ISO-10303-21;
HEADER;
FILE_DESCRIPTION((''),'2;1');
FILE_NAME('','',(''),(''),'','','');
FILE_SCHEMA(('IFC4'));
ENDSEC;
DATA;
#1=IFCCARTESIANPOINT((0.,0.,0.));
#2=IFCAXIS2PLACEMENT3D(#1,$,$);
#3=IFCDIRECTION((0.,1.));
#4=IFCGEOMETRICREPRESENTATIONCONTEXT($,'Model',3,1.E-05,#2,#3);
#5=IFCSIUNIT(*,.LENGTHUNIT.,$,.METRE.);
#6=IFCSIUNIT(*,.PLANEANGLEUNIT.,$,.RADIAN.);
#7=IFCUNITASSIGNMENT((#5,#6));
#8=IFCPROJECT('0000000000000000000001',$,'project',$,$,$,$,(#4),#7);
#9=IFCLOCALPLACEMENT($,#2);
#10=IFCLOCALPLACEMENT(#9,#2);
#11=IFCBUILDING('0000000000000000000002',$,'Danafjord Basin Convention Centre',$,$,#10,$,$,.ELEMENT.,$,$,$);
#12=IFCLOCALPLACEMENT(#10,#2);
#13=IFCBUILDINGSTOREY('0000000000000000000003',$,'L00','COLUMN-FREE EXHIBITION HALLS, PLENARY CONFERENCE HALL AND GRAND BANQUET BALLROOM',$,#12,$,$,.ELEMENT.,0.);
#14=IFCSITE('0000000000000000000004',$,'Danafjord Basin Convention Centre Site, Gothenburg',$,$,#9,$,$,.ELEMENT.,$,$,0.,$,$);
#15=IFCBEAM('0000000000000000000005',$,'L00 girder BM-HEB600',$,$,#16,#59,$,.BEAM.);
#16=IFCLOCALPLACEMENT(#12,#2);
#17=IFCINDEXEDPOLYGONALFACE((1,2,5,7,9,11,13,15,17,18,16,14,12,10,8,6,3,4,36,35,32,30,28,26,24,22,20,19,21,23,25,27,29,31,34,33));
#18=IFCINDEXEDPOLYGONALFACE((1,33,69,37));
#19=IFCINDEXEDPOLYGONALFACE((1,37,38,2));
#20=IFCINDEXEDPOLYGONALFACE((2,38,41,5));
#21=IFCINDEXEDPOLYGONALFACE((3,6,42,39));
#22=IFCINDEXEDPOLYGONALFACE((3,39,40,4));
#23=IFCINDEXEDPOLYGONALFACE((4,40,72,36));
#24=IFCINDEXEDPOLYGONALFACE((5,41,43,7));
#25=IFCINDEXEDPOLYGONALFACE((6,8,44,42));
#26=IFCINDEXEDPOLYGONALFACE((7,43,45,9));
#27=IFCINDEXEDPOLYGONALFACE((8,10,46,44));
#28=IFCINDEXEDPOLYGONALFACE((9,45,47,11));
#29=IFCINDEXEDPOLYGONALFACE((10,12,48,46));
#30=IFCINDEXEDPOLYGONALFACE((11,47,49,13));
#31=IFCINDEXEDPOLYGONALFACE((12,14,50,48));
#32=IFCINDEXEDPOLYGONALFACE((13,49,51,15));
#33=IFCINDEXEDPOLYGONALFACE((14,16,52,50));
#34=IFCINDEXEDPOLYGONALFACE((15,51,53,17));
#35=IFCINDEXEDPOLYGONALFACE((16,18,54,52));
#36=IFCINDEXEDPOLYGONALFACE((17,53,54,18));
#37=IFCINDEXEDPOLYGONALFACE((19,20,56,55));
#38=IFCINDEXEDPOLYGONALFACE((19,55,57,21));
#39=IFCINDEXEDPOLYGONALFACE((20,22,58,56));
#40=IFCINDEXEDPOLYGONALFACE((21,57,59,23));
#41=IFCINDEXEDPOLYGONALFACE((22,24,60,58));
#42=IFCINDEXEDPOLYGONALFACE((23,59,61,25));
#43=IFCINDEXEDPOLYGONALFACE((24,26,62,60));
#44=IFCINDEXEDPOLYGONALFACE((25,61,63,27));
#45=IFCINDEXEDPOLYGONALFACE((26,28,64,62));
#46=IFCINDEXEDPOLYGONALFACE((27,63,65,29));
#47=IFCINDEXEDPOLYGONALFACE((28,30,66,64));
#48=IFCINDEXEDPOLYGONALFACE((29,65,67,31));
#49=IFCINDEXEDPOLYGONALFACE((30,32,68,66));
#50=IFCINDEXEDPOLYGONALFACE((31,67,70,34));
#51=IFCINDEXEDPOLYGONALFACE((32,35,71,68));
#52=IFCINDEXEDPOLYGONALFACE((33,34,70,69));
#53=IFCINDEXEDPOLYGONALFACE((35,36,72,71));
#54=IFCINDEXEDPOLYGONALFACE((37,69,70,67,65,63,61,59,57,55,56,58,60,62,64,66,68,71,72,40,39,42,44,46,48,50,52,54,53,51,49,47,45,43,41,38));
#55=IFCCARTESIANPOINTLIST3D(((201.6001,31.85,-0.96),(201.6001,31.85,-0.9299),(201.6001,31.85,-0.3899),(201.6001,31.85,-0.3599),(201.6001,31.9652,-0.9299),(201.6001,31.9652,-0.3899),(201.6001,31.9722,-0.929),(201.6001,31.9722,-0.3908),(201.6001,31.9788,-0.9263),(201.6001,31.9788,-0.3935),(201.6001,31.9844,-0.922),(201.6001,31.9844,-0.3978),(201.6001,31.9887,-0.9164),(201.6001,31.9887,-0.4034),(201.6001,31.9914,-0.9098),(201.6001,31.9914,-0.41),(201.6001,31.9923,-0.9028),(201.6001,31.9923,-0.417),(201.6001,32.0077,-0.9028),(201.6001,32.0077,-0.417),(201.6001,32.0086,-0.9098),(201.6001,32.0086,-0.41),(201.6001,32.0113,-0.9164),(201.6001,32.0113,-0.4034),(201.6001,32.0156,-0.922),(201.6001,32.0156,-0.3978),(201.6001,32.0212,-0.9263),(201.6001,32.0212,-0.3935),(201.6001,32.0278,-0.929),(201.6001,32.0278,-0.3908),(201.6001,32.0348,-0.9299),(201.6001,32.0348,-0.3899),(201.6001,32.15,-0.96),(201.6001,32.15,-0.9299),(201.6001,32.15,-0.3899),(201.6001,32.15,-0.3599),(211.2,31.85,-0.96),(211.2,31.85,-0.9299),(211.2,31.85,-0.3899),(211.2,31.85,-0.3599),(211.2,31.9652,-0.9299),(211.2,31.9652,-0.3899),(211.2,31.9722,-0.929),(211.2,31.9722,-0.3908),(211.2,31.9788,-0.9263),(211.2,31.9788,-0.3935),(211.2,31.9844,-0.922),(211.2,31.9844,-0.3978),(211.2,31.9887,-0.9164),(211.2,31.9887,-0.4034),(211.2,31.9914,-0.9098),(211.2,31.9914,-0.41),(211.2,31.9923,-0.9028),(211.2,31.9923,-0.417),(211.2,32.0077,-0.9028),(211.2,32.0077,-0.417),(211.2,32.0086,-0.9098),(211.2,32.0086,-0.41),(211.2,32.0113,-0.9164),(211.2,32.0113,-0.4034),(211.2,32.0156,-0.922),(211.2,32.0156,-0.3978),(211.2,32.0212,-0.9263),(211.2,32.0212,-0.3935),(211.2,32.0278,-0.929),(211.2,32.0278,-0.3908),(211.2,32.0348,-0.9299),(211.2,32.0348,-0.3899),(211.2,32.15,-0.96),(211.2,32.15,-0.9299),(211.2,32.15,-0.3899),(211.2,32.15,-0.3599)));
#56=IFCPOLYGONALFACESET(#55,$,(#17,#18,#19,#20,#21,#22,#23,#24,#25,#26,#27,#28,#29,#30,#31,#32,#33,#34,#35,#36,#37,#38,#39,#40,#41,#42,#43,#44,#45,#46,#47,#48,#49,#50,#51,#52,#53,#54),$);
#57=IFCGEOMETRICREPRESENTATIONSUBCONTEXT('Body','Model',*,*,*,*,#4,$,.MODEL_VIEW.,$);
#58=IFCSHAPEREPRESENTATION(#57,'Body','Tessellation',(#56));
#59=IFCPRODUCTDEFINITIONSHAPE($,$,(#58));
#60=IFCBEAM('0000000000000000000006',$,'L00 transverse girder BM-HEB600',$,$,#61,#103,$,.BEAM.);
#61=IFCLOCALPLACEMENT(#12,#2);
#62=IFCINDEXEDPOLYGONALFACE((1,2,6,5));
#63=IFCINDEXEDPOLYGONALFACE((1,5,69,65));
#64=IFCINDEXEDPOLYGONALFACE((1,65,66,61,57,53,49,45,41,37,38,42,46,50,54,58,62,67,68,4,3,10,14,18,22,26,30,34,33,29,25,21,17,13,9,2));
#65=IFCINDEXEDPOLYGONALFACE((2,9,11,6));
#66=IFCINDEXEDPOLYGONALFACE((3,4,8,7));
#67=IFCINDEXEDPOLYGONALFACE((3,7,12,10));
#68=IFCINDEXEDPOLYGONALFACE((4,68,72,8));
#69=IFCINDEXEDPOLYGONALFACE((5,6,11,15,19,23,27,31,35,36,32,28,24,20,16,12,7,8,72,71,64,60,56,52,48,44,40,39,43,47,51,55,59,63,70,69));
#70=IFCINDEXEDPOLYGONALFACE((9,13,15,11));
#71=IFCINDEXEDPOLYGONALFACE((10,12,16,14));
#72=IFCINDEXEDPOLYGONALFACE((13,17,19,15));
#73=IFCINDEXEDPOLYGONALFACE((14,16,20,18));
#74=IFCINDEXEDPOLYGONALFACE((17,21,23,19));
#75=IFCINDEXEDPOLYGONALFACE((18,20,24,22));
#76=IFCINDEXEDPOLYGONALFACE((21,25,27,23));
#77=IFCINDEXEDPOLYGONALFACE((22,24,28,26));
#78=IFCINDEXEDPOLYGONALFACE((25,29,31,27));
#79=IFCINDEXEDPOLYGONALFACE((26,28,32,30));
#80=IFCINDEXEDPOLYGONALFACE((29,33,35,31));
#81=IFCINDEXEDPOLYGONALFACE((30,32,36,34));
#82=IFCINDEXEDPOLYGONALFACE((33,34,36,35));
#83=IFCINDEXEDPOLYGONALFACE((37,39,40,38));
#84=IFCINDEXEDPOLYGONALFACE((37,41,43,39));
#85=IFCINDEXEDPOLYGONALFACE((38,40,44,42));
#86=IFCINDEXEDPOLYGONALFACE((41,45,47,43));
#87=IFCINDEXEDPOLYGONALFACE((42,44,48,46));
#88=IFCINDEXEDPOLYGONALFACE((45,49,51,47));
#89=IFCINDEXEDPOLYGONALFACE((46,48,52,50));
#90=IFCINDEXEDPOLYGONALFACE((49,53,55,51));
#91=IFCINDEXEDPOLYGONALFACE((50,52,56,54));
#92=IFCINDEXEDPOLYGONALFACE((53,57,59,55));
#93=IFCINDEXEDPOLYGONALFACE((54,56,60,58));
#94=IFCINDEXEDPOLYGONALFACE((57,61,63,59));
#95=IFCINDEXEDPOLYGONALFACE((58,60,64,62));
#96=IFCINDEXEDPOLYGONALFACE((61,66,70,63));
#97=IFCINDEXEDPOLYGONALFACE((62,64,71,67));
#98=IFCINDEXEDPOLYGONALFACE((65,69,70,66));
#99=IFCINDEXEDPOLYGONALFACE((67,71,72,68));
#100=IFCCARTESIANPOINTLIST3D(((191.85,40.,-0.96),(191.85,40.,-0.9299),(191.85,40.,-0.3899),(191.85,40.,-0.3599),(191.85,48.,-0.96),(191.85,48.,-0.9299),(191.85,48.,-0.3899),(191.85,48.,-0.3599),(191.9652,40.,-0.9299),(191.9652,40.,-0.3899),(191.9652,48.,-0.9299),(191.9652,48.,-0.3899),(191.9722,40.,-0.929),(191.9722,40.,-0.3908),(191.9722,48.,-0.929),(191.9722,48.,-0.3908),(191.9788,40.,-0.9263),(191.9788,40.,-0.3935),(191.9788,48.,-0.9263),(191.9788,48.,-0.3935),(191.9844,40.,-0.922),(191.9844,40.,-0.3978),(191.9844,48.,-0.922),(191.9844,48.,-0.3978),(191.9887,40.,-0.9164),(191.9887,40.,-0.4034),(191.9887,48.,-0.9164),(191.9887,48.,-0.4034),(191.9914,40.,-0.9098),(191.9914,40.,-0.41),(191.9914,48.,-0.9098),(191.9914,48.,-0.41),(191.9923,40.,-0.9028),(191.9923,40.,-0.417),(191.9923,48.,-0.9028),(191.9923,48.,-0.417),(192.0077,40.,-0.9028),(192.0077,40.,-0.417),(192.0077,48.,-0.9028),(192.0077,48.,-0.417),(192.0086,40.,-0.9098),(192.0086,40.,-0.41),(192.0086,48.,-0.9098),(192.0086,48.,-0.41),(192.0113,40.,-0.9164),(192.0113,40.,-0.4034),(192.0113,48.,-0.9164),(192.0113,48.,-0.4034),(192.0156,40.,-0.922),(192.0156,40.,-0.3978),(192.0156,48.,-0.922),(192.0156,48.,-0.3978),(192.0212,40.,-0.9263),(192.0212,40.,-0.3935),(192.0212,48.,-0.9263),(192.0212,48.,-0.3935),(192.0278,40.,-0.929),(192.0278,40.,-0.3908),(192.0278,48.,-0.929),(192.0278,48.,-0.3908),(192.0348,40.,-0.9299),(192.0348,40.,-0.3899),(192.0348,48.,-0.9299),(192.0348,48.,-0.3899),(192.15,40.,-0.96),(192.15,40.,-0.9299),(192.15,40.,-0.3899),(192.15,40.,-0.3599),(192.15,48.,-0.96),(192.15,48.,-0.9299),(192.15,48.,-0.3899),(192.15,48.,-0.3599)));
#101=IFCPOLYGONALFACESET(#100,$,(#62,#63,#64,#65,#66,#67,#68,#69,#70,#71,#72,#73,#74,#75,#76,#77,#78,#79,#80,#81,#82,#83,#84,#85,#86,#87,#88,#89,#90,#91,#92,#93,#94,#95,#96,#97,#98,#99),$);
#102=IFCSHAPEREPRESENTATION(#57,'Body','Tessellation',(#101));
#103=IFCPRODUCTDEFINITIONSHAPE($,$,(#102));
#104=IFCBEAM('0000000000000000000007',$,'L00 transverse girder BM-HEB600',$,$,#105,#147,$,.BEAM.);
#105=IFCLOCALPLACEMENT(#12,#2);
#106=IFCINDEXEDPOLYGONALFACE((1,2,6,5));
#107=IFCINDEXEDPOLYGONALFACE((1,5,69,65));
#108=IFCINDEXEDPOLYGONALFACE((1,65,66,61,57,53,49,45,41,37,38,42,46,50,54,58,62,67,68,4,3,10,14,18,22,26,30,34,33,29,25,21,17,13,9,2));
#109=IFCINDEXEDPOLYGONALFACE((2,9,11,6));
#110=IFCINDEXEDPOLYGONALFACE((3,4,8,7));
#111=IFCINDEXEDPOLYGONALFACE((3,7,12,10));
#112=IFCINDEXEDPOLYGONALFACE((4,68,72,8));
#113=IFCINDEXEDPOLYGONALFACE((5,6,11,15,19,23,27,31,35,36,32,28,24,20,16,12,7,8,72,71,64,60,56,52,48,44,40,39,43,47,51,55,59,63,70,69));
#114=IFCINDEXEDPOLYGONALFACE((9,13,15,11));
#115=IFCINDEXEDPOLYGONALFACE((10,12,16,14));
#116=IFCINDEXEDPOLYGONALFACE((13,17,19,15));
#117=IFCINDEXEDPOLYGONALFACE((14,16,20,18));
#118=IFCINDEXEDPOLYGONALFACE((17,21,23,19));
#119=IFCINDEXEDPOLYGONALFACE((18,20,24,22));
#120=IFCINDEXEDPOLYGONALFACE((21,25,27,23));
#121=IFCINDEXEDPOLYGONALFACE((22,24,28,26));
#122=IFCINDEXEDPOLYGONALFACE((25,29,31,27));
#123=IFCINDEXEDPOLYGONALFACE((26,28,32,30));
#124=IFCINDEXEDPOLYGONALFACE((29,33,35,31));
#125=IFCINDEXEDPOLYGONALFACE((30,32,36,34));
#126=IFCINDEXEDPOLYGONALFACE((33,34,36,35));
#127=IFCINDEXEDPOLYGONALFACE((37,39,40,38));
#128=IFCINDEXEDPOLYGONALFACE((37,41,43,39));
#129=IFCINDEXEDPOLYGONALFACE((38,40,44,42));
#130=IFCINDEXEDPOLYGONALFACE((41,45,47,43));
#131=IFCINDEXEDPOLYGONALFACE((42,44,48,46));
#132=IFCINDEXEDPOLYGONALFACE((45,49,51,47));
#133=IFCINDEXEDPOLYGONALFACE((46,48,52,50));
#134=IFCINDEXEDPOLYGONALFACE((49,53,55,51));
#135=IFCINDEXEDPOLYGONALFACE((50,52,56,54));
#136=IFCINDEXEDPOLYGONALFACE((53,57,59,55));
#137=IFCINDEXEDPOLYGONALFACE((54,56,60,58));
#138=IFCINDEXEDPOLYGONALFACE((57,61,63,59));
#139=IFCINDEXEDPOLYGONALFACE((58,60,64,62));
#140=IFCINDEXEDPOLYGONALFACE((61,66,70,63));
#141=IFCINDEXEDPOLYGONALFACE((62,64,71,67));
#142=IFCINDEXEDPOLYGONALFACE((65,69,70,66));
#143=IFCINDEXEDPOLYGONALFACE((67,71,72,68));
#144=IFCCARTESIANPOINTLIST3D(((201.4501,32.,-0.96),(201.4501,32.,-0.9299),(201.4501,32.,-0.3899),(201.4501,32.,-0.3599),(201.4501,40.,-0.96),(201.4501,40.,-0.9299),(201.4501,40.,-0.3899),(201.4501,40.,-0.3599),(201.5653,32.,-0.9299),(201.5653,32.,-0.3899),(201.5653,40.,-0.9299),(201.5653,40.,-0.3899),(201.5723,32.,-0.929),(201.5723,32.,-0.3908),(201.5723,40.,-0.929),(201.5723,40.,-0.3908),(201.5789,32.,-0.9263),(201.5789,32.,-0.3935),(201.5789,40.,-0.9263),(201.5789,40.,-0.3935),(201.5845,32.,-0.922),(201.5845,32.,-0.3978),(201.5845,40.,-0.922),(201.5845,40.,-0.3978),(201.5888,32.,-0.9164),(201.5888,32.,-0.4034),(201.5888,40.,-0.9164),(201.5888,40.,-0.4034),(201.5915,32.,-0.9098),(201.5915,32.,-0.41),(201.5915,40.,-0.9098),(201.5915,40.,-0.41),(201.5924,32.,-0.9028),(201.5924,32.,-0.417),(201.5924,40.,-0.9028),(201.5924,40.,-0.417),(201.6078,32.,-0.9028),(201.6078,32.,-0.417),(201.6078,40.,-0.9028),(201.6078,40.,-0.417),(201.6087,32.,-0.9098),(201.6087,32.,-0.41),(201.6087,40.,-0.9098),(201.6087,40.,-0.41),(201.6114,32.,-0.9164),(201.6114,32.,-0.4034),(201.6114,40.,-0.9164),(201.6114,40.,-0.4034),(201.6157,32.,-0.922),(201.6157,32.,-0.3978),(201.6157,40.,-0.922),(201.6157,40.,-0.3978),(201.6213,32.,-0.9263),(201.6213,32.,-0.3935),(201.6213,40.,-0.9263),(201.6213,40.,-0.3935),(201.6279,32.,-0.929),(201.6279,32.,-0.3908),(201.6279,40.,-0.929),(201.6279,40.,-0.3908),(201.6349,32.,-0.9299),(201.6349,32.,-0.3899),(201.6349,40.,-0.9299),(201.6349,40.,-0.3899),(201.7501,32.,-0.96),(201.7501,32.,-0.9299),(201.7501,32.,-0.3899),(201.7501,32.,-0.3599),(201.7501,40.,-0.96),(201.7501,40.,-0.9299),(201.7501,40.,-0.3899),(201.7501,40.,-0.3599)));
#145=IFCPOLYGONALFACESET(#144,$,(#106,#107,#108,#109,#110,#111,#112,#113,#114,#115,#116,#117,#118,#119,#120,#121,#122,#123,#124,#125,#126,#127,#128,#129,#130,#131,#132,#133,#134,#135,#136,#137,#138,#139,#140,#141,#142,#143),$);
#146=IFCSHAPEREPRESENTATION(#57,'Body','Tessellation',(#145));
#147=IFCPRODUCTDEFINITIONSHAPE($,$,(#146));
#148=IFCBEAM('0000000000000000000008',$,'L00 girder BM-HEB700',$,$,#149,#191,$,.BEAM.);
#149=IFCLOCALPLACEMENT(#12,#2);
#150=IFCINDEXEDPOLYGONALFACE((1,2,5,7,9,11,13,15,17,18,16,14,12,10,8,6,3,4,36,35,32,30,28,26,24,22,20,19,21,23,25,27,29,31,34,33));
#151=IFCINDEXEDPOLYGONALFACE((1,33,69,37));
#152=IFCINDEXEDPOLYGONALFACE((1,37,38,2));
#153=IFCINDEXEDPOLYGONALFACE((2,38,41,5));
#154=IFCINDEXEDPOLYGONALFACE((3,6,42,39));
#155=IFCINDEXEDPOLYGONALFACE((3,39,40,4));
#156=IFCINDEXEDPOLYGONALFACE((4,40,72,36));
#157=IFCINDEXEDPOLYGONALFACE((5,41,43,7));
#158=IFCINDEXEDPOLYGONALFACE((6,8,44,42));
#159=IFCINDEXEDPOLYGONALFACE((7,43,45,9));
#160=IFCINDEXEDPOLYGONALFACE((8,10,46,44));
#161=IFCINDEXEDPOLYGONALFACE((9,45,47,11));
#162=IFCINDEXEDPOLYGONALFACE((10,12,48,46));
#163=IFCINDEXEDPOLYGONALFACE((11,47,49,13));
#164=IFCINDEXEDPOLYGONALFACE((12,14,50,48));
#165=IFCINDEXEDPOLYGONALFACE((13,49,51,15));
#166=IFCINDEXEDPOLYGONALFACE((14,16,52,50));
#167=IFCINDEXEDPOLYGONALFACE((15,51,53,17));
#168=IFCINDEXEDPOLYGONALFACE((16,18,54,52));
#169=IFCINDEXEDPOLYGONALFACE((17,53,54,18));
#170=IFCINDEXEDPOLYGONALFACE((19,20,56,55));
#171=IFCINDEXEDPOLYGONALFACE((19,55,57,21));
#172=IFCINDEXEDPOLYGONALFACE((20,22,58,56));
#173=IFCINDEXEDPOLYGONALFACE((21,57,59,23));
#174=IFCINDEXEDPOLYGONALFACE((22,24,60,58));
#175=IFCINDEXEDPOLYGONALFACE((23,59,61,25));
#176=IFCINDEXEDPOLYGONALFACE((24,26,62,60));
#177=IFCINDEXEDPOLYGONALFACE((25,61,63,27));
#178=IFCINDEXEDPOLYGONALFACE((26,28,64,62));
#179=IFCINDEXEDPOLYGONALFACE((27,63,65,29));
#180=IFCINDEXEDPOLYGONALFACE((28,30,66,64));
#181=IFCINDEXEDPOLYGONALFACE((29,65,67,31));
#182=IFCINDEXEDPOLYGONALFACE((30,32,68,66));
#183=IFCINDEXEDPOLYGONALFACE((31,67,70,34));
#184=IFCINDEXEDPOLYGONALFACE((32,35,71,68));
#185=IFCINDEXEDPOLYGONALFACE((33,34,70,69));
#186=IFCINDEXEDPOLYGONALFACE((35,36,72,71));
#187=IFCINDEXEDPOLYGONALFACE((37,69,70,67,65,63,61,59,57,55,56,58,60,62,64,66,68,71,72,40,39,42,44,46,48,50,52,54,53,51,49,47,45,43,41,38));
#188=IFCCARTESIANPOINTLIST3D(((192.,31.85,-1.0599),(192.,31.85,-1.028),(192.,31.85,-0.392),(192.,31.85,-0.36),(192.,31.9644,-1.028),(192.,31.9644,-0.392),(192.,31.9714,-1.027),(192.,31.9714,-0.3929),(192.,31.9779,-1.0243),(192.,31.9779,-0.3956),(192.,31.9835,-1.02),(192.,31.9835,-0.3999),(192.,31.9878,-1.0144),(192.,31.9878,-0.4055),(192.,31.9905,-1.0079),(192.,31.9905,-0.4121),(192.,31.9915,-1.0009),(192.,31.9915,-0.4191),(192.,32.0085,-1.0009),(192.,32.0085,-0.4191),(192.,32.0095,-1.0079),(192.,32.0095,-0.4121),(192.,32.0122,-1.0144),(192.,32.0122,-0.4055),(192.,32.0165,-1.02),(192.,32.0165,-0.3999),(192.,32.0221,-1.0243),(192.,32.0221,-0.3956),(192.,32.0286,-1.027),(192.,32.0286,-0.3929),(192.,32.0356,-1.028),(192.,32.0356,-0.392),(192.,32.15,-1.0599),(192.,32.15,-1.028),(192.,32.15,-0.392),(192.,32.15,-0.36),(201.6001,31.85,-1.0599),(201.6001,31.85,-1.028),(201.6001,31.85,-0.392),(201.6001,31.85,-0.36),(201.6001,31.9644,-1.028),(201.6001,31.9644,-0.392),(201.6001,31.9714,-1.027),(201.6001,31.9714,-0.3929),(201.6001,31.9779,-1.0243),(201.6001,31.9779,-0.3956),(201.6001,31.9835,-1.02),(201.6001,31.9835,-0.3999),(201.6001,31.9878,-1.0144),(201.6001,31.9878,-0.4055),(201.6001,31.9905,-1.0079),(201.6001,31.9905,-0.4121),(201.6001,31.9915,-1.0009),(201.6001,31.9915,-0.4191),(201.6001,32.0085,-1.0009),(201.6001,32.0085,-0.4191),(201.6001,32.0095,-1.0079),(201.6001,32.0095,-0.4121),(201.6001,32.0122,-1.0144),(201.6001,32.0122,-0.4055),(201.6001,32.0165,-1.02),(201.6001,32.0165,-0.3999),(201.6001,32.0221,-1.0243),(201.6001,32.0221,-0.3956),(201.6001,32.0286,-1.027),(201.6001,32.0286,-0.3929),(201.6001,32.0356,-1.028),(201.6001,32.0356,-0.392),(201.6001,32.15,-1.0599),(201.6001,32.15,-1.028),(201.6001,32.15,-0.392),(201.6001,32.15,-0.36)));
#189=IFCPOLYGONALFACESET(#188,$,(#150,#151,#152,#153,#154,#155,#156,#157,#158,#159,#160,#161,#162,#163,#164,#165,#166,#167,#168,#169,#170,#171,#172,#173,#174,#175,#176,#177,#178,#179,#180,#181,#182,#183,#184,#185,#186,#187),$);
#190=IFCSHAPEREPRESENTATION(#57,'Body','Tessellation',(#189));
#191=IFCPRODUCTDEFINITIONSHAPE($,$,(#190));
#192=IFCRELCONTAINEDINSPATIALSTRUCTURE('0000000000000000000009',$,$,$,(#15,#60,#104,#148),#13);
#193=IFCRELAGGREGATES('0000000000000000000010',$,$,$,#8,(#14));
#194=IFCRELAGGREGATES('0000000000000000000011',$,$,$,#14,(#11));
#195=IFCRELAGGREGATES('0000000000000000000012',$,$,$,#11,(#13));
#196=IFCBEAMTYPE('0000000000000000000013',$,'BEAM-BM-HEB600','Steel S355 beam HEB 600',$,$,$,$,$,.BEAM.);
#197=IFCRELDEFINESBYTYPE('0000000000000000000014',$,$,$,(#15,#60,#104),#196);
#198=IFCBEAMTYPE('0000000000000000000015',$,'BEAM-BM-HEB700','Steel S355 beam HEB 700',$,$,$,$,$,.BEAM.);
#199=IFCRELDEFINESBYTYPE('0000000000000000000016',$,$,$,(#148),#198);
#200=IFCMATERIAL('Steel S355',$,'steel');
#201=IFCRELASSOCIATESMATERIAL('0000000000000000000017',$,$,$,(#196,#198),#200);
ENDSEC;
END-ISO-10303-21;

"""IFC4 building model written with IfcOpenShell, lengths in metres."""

from ifc_helpers import new_model, si_unit, direction, frame, origin, origin_2d, place, context, subcontext, project, spatial, i_section, extrude, material, material_profile, profile_set, type_object, element, save


model = new_model("IFC4")

# Units and contexts
model_context = context("Model", 3, precision=1e-05, world=origin(), true_north=direction((0.0, 1.0)))
body_context = subcontext(model_context, "Body", "Model", "MODEL_VIEW")
ifc_project = project(units=[si_unit("LENGTHUNIT", "METRE"), si_unit("PLANEANGLEUNIT", "RADIAN")], contexts=[model_context])

# Site, building, storey
site_placement = place(None, origin())
site = spatial("IfcSite", under=ifc_project, at=site_placement, Name="Danafjord Basin Convention Centre Site, Gothenburg", CompositionType="ELEMENT", RefElevation=0.0)
building_placement = place(site_placement, origin())
building = spatial("IfcBuilding", under=site, at=building_placement, Name="Danafjord Basin Convention Centre", CompositionType="ELEMENT")
storey_placement = place(building_placement, origin())
storey = spatial("IfcBuildingStorey", under=building, at=storey_placement, Name="L00", Description="COLUMN-FREE EXHIBITION HALLS, PLENARY CONFERENCE HALL AND GRAND BANQUET BALLROOM", CompositionType="ELEMENT", Elevation=0.0)

# Shared definitions
ifc_material_1 = material(Name="Steel S355", Category="steel")

# Beams
ifc_material_profile_1 = material_profile(ifc_material_1, i_section(OverallWidth=0.3, OverallDepth=0.6001, WebThickness=0.0154, FlangeThickness=0.03, FilletRadius=0.0271, at=origin_2d()), Name="HEB 600")
ifc_profile_set_1 = profile_set([ifc_material_profile_1], Name="Steel S355")
beam_type_1 = type_object("IfcBeamType", Name="BEAM-BM-HEB600", Description="Steel S355 beam HEB 600", PredefinedType="BEAM", material=ifc_profile_set_1)
beam_1_placement = place(storey_placement, frame((201.6001, 32.0, -0.6599), z_axis=(1.0, 0.0, 0.0), x_axis=(0.0, 1.0, 0.0)))
element("IfcBeam", 1, at=beam_1_placement, inside=storey, type_object=beam_type_1, Name="L00 girder BM-HEB600", PredefinedType="BEAM", context=body_context, shape_type="SweptSolid", body=[
    extrude(i_section(OverallWidth=0.3, OverallDepth=0.6001, WebThickness=0.0154, FlangeThickness=0.03, FilletRadius=0.0271, at=origin_2d()), origin(), (0.0, 0.0, 1.0), 9.5999),
])
for number, where, z_axis, x_axis, name in (
    (2, (192.0, 40.0, -0.6599), (0.0, 1.0, 0.0), (-1.0, 0.0, 0.0), "L00 transverse girder BM-HEB600"),
    (3, (201.6001, 32.0, -0.6599), (0.0, 1.0, 0.0), (-1.0, 0.0, 0.0), "L00 transverse girder BM-HEB600"),
):
    element("IfcBeam", number, at=place(storey_placement, frame(where, z_axis=z_axis, x_axis=x_axis)), inside=storey, type_object=beam_type_1, Name=name, PredefinedType="BEAM", context=body_context, shape_type="SweptSolid", body=[
        extrude(i_section(OverallWidth=0.3, OverallDepth=0.6001, WebThickness=0.0154, FlangeThickness=0.03, FilletRadius=0.0271, at=origin_2d()), origin(), (0.0, 0.0, 1.0), 8.0),
    ])
ifc_material_profile_2 = material_profile(ifc_material_1, i_section(OverallWidth=0.3, OverallDepth=0.7, WebThickness=0.0171, FlangeThickness=0.032, FilletRadius=0.0271, at=origin_2d()), Name="HEB 700")
ifc_profile_set_2 = profile_set([ifc_material_profile_2], Name="Steel S355")
beam_type_2 = type_object("IfcBeamType", Name="BEAM-BM-HEB700", Description="Steel S355 beam HEB 700", PredefinedType="BEAM", material=ifc_profile_set_2)
beam_2_placement = place(storey_placement, frame((192.0, 32.0, -0.71), z_axis=(1.0, 0.0, 0.0), x_axis=(0.0, 1.0, 0.0)))
element("IfcBeam", 4, at=beam_2_placement, inside=storey, type_object=beam_type_2, Name="L00 girder BM-HEB700", PredefinedType="BEAM", context=body_context, shape_type="SweptSolid", body=[
    extrude(i_section(OverallWidth=0.3, OverallDepth=0.7, WebThickness=0.0171, FlangeThickness=0.032, FilletRadius=0.0271, at=origin_2d()), origin(), (0.0, 0.0, 1.0), 9.6001),
])

save(model, "model.ifc")
